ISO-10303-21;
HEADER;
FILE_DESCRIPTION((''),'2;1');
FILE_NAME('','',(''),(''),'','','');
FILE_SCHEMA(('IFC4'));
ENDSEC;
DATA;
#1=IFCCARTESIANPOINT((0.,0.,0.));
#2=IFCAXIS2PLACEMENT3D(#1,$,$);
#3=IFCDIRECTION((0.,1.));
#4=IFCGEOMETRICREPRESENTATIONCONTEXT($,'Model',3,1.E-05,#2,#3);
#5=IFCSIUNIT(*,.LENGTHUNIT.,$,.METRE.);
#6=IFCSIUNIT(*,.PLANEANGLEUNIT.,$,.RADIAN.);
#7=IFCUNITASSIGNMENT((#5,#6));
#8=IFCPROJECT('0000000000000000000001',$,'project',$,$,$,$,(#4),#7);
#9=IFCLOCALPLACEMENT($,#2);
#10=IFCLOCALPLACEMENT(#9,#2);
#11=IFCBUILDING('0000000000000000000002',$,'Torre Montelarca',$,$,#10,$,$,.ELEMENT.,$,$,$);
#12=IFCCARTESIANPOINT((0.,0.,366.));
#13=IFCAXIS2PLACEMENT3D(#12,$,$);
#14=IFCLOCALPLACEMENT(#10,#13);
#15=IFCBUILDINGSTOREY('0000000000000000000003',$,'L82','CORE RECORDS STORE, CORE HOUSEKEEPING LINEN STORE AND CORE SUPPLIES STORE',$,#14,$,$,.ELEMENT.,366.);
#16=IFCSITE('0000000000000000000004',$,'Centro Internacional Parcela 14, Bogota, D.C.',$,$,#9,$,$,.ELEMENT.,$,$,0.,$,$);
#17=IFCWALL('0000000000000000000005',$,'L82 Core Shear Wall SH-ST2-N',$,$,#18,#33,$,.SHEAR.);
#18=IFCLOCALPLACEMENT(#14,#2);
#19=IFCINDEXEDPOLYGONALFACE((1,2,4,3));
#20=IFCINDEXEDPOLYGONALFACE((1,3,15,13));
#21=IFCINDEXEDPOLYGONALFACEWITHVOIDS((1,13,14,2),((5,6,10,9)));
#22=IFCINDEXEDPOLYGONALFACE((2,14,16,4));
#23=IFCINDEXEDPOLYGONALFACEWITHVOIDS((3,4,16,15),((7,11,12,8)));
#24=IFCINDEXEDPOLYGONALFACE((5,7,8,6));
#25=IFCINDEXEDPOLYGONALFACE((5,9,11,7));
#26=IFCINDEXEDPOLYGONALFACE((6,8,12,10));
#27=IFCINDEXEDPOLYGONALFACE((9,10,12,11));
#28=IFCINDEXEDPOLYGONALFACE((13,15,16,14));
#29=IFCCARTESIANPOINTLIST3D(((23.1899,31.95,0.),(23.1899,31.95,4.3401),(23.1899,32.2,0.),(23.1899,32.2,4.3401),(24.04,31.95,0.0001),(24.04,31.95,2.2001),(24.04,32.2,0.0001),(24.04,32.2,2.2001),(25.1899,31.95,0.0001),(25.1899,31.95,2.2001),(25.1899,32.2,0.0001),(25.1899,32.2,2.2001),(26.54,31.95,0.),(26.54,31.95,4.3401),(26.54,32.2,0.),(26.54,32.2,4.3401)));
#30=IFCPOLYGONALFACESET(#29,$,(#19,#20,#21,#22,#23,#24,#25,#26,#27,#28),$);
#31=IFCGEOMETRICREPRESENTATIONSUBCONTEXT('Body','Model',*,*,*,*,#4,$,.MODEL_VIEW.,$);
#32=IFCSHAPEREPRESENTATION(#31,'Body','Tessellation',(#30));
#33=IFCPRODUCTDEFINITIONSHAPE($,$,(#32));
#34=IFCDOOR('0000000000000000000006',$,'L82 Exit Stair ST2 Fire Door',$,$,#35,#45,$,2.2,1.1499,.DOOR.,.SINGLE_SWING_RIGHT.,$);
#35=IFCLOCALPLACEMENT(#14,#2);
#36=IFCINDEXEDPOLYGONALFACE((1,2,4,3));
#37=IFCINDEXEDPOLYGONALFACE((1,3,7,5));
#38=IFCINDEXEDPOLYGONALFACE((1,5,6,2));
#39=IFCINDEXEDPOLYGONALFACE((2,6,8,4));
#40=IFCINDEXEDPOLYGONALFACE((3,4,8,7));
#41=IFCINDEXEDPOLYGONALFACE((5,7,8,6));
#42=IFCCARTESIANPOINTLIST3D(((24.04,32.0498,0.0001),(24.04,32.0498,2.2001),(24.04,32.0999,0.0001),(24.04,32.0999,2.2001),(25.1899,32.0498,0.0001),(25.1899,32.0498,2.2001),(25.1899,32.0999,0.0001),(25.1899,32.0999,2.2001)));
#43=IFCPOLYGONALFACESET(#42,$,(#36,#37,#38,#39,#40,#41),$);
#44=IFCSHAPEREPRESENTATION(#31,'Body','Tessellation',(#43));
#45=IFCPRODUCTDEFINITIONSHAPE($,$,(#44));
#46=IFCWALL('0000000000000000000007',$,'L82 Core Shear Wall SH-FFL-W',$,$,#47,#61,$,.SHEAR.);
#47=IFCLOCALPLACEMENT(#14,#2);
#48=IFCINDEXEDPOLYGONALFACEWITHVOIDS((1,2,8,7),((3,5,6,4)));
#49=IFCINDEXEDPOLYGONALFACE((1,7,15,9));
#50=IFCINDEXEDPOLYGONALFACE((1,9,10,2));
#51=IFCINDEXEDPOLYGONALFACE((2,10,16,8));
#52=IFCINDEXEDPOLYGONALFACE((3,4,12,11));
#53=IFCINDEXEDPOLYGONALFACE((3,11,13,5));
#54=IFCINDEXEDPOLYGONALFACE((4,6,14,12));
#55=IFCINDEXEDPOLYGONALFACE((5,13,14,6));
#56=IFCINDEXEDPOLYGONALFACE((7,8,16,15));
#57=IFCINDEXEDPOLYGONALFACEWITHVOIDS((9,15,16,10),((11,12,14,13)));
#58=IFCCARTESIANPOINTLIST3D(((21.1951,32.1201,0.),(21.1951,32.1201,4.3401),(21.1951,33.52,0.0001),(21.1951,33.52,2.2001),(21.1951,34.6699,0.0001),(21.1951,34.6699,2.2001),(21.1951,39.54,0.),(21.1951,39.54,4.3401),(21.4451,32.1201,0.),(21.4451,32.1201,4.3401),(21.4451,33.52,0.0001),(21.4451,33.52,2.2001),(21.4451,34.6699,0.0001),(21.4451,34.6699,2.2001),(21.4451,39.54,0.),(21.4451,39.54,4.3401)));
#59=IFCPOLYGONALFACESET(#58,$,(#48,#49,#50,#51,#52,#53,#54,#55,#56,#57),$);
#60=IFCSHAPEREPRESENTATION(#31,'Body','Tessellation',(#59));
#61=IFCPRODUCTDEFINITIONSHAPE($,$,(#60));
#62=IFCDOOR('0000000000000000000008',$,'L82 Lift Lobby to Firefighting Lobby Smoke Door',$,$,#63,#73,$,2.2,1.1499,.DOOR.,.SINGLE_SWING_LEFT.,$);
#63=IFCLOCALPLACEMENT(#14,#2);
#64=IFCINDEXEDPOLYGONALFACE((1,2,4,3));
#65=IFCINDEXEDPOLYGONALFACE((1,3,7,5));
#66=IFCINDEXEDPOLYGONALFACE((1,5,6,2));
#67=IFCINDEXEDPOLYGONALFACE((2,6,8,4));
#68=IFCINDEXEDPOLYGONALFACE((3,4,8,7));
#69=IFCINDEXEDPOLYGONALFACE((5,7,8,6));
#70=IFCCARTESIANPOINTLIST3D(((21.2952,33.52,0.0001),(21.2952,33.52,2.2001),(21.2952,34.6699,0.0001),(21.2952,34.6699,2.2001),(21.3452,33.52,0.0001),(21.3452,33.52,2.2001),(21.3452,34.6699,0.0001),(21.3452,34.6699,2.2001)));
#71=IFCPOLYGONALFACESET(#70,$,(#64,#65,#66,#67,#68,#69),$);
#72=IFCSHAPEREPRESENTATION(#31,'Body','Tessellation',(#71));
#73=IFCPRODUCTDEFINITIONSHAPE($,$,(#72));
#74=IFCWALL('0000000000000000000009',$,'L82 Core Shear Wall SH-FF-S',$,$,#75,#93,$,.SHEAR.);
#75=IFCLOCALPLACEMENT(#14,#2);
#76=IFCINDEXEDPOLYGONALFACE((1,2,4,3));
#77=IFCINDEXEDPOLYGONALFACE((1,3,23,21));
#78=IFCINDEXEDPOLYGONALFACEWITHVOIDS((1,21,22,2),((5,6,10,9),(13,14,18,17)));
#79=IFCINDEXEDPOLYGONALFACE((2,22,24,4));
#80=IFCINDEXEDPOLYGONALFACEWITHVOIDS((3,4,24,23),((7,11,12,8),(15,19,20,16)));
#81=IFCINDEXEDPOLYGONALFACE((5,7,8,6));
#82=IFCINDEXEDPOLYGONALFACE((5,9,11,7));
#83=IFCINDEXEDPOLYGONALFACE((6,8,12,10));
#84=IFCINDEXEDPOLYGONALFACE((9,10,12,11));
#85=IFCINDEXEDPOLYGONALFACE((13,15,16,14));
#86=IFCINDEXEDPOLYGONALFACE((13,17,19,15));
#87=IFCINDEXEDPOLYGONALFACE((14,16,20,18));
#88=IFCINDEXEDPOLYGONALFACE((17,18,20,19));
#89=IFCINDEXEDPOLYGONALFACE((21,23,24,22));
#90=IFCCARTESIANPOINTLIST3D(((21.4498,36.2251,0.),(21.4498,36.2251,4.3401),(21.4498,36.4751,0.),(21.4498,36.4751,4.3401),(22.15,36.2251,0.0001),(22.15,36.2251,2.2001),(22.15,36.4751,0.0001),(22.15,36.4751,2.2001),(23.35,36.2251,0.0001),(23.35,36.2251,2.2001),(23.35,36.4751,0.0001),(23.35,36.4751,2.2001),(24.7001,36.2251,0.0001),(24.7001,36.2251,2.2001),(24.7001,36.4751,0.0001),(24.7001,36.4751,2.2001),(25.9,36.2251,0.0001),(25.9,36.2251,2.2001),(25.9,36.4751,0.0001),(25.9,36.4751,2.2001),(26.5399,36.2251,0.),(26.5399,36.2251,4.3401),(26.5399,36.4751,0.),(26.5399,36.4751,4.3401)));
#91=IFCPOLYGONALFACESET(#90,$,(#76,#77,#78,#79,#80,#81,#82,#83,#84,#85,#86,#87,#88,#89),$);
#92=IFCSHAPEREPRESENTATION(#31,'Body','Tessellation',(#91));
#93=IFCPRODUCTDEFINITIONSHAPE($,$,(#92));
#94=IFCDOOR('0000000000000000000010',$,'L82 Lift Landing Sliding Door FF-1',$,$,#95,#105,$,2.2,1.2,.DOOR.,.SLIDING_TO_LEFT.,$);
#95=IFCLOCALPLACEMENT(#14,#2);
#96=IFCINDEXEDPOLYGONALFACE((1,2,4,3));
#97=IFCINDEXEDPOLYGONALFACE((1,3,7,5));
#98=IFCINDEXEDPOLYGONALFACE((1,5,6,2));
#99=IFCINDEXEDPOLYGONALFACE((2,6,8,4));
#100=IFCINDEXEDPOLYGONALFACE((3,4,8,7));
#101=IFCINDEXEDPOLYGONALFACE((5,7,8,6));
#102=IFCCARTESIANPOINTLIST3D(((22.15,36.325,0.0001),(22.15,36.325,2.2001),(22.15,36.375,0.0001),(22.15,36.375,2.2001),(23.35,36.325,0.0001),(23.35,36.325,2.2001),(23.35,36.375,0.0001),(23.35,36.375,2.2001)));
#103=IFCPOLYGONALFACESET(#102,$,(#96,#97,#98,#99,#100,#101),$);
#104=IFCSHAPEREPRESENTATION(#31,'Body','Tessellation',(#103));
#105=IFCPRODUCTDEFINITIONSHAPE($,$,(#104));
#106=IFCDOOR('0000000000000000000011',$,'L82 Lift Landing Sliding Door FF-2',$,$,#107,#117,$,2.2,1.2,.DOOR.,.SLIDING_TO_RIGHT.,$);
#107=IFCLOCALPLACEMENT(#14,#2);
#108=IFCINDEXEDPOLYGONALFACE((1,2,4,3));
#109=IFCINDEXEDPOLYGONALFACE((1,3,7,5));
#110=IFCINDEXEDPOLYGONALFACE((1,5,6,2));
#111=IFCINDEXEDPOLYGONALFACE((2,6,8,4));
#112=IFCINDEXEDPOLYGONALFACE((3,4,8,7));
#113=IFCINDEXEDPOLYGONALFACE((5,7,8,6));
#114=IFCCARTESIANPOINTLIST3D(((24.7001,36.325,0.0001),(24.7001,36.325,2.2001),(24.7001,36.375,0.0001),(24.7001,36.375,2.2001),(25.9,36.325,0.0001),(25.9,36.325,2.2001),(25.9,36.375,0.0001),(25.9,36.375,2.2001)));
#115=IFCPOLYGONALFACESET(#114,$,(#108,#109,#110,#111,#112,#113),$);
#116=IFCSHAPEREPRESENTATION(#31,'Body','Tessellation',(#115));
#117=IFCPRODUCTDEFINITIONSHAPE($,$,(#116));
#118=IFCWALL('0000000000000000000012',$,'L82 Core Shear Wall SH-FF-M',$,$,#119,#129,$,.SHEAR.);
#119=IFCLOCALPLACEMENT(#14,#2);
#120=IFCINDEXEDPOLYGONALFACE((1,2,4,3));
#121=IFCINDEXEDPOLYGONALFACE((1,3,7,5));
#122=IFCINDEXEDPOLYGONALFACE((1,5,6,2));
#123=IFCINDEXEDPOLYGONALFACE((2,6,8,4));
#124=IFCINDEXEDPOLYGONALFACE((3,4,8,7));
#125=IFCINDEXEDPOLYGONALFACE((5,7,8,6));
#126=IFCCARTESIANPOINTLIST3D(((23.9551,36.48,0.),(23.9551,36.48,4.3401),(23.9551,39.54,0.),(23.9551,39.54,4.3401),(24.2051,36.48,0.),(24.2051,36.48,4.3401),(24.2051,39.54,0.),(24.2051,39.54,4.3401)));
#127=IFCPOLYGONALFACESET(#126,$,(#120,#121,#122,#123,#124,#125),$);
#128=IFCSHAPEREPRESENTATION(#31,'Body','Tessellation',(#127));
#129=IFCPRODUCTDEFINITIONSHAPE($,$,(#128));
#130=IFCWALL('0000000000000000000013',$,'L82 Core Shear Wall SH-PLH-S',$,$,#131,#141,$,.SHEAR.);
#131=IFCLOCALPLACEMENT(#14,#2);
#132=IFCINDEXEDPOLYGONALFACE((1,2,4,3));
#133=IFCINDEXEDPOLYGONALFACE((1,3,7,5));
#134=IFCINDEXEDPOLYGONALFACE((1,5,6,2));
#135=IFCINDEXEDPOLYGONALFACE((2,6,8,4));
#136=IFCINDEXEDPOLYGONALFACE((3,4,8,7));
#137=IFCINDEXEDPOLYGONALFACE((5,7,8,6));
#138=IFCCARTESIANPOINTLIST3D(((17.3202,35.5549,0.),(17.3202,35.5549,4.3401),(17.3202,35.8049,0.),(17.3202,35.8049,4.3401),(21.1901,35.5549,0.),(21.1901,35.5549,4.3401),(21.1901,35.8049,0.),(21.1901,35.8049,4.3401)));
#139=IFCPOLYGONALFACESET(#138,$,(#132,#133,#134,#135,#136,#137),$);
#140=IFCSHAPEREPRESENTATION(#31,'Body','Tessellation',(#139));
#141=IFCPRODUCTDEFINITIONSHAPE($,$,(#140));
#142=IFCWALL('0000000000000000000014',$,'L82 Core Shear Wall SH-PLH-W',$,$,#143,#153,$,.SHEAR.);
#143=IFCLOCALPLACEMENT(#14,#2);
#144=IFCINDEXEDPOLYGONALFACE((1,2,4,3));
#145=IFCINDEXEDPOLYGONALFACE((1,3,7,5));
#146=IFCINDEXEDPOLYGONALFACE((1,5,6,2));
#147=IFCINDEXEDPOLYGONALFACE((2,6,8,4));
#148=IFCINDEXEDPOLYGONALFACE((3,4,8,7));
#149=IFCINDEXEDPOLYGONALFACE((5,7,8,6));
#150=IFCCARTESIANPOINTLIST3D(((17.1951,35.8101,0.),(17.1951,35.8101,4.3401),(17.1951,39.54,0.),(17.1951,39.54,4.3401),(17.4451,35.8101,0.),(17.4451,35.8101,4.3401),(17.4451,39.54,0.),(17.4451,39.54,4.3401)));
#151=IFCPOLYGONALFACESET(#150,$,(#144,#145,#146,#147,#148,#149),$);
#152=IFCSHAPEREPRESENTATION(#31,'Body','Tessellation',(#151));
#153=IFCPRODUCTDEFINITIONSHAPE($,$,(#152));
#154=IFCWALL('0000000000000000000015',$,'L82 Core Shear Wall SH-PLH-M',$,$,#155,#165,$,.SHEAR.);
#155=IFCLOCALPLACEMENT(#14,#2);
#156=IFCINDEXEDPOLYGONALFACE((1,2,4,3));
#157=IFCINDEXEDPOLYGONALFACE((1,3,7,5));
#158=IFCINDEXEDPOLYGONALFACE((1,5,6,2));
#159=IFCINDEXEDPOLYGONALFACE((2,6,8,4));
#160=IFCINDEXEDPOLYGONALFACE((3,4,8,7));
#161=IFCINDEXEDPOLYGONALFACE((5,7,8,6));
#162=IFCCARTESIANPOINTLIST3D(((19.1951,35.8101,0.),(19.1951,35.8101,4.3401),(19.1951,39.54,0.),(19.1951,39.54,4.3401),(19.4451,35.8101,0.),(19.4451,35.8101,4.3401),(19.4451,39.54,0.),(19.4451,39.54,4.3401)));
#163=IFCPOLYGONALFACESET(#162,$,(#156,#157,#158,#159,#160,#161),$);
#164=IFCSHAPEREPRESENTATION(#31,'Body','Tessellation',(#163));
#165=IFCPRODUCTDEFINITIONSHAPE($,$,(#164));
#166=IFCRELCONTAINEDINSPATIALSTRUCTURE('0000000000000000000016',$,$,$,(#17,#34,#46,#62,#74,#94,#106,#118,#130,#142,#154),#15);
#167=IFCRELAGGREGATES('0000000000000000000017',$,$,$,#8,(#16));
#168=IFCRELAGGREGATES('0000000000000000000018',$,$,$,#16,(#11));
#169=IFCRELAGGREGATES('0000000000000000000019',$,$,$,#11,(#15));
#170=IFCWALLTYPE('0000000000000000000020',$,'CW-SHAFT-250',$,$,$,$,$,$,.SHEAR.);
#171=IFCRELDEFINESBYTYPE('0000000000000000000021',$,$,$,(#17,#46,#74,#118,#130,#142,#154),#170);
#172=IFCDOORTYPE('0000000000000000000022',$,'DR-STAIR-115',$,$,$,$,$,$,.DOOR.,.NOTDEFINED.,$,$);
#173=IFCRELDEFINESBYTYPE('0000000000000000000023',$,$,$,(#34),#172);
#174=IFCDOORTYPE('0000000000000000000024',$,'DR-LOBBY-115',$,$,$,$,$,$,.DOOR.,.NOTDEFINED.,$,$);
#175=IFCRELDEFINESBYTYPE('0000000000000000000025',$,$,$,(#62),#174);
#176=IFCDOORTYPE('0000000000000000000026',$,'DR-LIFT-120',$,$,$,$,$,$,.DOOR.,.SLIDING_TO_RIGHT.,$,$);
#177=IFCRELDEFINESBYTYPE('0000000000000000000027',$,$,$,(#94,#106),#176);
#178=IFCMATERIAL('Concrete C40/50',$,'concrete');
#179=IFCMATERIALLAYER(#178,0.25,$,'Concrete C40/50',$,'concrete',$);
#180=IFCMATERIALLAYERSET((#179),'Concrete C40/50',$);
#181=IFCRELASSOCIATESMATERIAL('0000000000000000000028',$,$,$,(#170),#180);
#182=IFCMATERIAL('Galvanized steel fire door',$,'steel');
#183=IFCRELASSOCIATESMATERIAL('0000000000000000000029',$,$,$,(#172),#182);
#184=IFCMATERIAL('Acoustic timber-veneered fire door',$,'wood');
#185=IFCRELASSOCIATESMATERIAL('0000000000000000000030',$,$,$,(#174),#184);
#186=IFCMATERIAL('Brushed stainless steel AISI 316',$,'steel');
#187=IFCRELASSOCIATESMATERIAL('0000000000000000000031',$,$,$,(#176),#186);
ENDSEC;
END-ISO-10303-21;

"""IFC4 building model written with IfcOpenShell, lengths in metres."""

from ifc_helpers import new_model, si_unit, direction, frame, frame_2d, origin, place, context, subcontext, project, spatial, rectangle, extrude, source, transform, mapped, material, layer, layer_set, type_object, element, fill, save


model = new_model("IFC4")

# Units and contexts
model_context = context("Model", 3, precision=1e-05, world=origin(), true_north=direction((0.0, 1.0)))
body_context = subcontext(model_context, "Body", "Model", "MODEL_VIEW")
ifc_project = project(units=[si_unit("LENGTHUNIT", "METRE"), si_unit("PLANEANGLEUNIT", "RADIAN")], contexts=[model_context])

# Site, building, storey
site_placement = place(None, origin())
site = spatial("IfcSite", under=ifc_project, at=site_placement, Name="Centro Internacional Parcela 14, Bogota, D.C.", CompositionType="ELEMENT", RefElevation=0.0)
building_placement = place(site_placement, origin())
building = spatial("IfcBuilding", under=site, at=building_placement, Name="Torre Montelarca", CompositionType="ELEMENT")
storey_placement = place(building_placement, frame((0.0, 0.0, 366.0)))
storey = spatial("IfcBuildingStorey", under=building, at=storey_placement, Name="L82", Description="CORE RECORDS STORE, CORE HOUSEKEEPING LINEN STORE AND CORE SUPPLIES STORE", CompositionType="ELEMENT", Elevation=366.0)

# Walls, openings, doors
ifc_material_1 = material(Name="Concrete C40/50", Category="concrete")
ifc_layer_1 = layer(ifc_material_1, 0.25, Name="Concrete C40/50", Category="concrete")
ifc_layer_set_1 = layer_set([ifc_layer_1], Name="Concrete C40/50")
wall_type_1 = type_object("IfcWallType", Name="CW-SHAFT-250", PredefinedType="SHEAR", material=ifc_layer_set_1)
wall_1_placement = place(storey_placement, frame((23.1899, 32.075, 0.0), z_axis=(0.0, 0.0, 1.0), x_axis=(1.0, 0.0, 0.0)))
wall_1 = element("IfcWall", 1, at=wall_1_placement, inside=storey, type_object=wall_type_1, Name="L82 Core Shear Wall SH-ST2-N", PredefinedType="SHEAR", context=body_context, shape_type="SweptSolid", body=[
    extrude(rectangle(XDim=3.3501, YDim=0.25, at=frame_2d((1.675, 0.0))), origin(), (0.0, 0.0, 1.0), 4.3401),
])
opening_1_placement = place(wall_1_placement, frame((0.8501, 0.0, 0.0)))
opening_1 = element("IfcOpeningElement", 2, at=opening_1_placement, cuts=wall_1, PredefinedType="OPENING", context=body_context, shape_type="SweptSolid", body=[
    extrude(rectangle(XDim=1.1499, YDim=2.2, at=frame_2d((0.575, 1.1001))), frame((0.0, 0.135, 0.0), z_axis=(0.0, -1.0, 0.0), x_axis=(1.0, 0.0, 0.0)), (0.0, 0.0, 1.0), 0.27),
])
ifc_material_2 = material(Name="Galvanized steel fire door", Category="steel")
door_type_1 = type_object("IfcDoorType", Name="DR-STAIR-115", OperationType="NOTDEFINED", PredefinedType="DOOR", material=ifc_material_2)
shared_shape_1 = source(origin(), body_context, "Body", "SweptSolid", [
    extrude(rectangle(XDim=1.1499, YDim=2.2, at=frame_2d((0.575, 1.1001))), frame((0.0, 0.0249, 0.0), z_axis=(0.0, -1.0, 0.0), x_axis=(1.0, 0.0, 0.0)), (0.0, 0.0, 1.0), 0.05),
])
door_1_placement = place(opening_1_placement, origin())
door_1 = element("IfcDoor", 3, at=door_1_placement, inside=storey, type_object=door_type_1, Name="L82 Exit Stair ST2 Fire Door", OperationType="SINGLE_SWING_RIGHT", OverallHeight=2.2, OverallWidth=1.1499, PredefinedType="DOOR", context=body_context, shape_type="MappedRepresentation", body=[
    mapped(shared_shape_1, transform((0.0, 0.0, 0.0), scale=1.0)),
])
fill(opening_1, door_1)
wall_2_placement = place(storey_placement, frame((21.3201, 32.1201, 0.0), z_axis=(0.0, 0.0, 1.0), x_axis=(0.0, 1.0, 0.0)))
wall_2 = element("IfcWall", 4, at=wall_2_placement, inside=storey, type_object=wall_type_1, Name="L82 Core Shear Wall SH-FFL-W", PredefinedType="SHEAR", context=body_context, shape_type="SweptSolid", body=[
    extrude(rectangle(XDim=7.4199, YDim=0.25, at=frame_2d((3.71, 0.0))), origin(), (0.0, 0.0, 1.0), 4.3401),
])
opening_2_placement = place(wall_2_placement, frame((1.3999, 0.0, 0.0)))
opening_2 = element("IfcOpeningElement", 5, at=opening_2_placement, cuts=wall_2, PredefinedType="OPENING", context=body_context, shape_type="SweptSolid", body=[
    extrude(rectangle(XDim=1.1499, YDim=2.2, at=frame_2d((0.575, 1.1001))), frame((0.0, 0.135, 0.0), z_axis=(0.0, -1.0, 0.0), x_axis=(1.0, 0.0, 0.0)), (0.0, 0.0, 1.0), 0.27),
])
ifc_material_3 = material(Name="Acoustic timber-veneered fire door", Category="wood")
door_type_2 = type_object("IfcDoorType", Name="DR-LOBBY-115", OperationType="NOTDEFINED", PredefinedType="DOOR", material=ifc_material_3)
shared_shape_2 = source(origin(), body_context, "Body", "SweptSolid", [
    extrude(rectangle(XDim=1.1499, YDim=2.2, at=frame_2d((0.575, 1.1001))), frame((0.0, 0.0249, 0.0), z_axis=(0.0, -1.0, 0.0), x_axis=(1.0, 0.0, 0.0)), (0.0, 0.0, 1.0), 0.05),
])
door_2_placement = place(opening_2_placement, origin())
door_2 = element("IfcDoor", 6, at=door_2_placement, inside=storey, type_object=door_type_2, Name="L82 Lift Lobby to Firefighting Lobby Smoke Door", OperationType="SINGLE_SWING_LEFT", OverallHeight=2.2, OverallWidth=1.1499, PredefinedType="DOOR", context=body_context, shape_type="MappedRepresentation", body=[
    mapped(shared_shape_2, transform((0.0, 0.0, 0.0), scale=1.0)),
])
fill(opening_2, door_2)

# Wall, openings, doors
wall_3_placement = place(storey_placement, frame((21.45, 36.3501, 0.0), z_axis=(0.0, 0.0, 1.0), x_axis=(1.0, 0.0, 0.0)))
wall_3 = element("IfcWall", 7, at=wall_3_placement, inside=storey, type_object=wall_type_1, Name="L82 Core Shear Wall SH-FF-S", PredefinedType="SHEAR", context=body_context, shape_type="SweptSolid", body=[
    extrude(rectangle(XDim=5.0901, YDim=0.25, at=frame_2d((2.5449, 0.0))), origin(), (0.0, 0.0, 1.0), 4.3401),
])
opening_3_placement = place(wall_3_placement, frame((0.7, 0.0, 0.0)))
opening_3 = element("IfcOpeningElement", 8, at=opening_3_placement, cuts=wall_3, PredefinedType="OPENING", context=body_context, shape_type="SweptSolid", body=[
    extrude(rectangle(XDim=1.2, YDim=2.2, at=frame_2d((0.6001, 1.1001))), frame((0.0, 0.135, 0.0), z_axis=(0.0, -1.0, 0.0), x_axis=(1.0, 0.0, 0.0)), (0.0, 0.0, 1.0), 0.27),
])
opening_4_placement = place(wall_3_placement, frame((3.25, 0.0, 0.0)))
opening_4 = element("IfcOpeningElement", 9, at=opening_4_placement, cuts=wall_3, PredefinedType="OPENING", context=body_context, shape_type="SweptSolid", body=[
    extrude(rectangle(XDim=1.2, YDim=2.2, at=frame_2d((0.6001, 1.1001))), frame((0.0, 0.135, 0.0), z_axis=(0.0, -1.0, 0.0), x_axis=(1.0, 0.0, 0.0)), (0.0, 0.0, 1.0), 0.27),
])
ifc_material_4 = material(Name="Brushed stainless steel AISI 316", Category="steel")
door_type_3 = type_object("IfcDoorType", Name="DR-LIFT-120", OperationType="SLIDING_TO_RIGHT", PredefinedType="DOOR", material=ifc_material_4)
shared_shape_3 = source(origin(), body_context, "Body", "SweptSolid", [
    extrude(rectangle(XDim=1.2, YDim=2.2, at=frame_2d((0.6001, 1.1001))), frame((0.0, 0.0249, 0.0), z_axis=(0.0, -1.0, 0.0), x_axis=(1.0, 0.0, 0.0)), (0.0, 0.0, 1.0), 0.05),
])
door_3_placement = place(opening_3_placement, origin())
door_3 = element("IfcDoor", 10, at=door_3_placement, inside=storey, type_object=door_type_3, Name="L82 Lift Landing Sliding Door FF-1", OperationType="SLIDING_TO_LEFT", OverallHeight=2.2, OverallWidth=1.2, PredefinedType="DOOR", context=body_context, shape_type="MappedRepresentation", body=[
    mapped(shared_shape_3, transform((0.0, 0.0, 0.0), scale=1.0)),
])
fill(opening_3, door_3)
door_4_placement = place(opening_4_placement, origin())
door_4 = element("IfcDoor", 11, at=door_4_placement, inside=storey, type_object=door_type_3, Name="L82 Lift Landing Sliding Door FF-2", OperationType="SLIDING_TO_RIGHT", OverallHeight=2.2, OverallWidth=1.2, PredefinedType="DOOR", context=body_context, shape_type="MappedRepresentation", body=[
    mapped(shared_shape_3, transform((0.0, 0.0, 0.0), scale=1.0)),
])
fill(opening_4, door_4)

# Walls
wall_4_placement = place(storey_placement, frame((24.0801, 36.48, 0.0), z_axis=(0.0, 0.0, 1.0), x_axis=(0.0, 1.0, 0.0)))
element("IfcWall", 12, at=wall_4_placement, inside=storey, type_object=wall_type_1, Name="L82 Core Shear Wall SH-FF-M", PredefinedType="SHEAR", context=body_context, shape_type="SweptSolid", body=[
    extrude(rectangle(XDim=3.0601, YDim=0.25, at=frame_2d((1.53, 0.0))), origin(), (0.0, 0.0, 1.0), 4.3401),
])
wall_5_placement = place(storey_placement, frame((17.3201, 35.6799, 0.0), z_axis=(0.0, 0.0, 1.0), x_axis=(1.0, 0.0, 0.0)))
element("IfcWall", 13, at=wall_5_placement, inside=storey, type_object=wall_type_1, Name="L82 Core Shear Wall SH-PLH-S", PredefinedType="SHEAR", context=body_context, shape_type="SweptSolid", body=[
    extrude(rectangle(XDim=3.8699, YDim=0.25, at=frame_2d((1.9351, 0.0))), origin(), (0.0, 0.0, 1.0), 4.3401),
])
for number, where, z_axis, x_axis, name in (
    (14, (17.3201, 35.8101, 0.0), (0.0, 0.0, 1.0), (0.0, 1.0, 0.0), "L82 Core Shear Wall SH-PLH-W"),
    (15, (19.3201, 35.8101, 0.0), (0.0, 0.0, 1.0), (0.0, 1.0, 0.0), "L82 Core Shear Wall SH-PLH-M"),
):
    element("IfcWall", number, at=place(storey_placement, frame(where, z_axis=z_axis, x_axis=x_axis)), inside=storey, type_object=wall_type_1, Name=name, PredefinedType="SHEAR", context=body_context, shape_type="SweptSolid", body=[
        extrude(rectangle(XDim=3.73, YDim=0.25, at=frame_2d((1.865, 0.0))), origin(), (0.0, 0.0, 1.0), 4.3401),
    ])

save(model, "model.ifc")
